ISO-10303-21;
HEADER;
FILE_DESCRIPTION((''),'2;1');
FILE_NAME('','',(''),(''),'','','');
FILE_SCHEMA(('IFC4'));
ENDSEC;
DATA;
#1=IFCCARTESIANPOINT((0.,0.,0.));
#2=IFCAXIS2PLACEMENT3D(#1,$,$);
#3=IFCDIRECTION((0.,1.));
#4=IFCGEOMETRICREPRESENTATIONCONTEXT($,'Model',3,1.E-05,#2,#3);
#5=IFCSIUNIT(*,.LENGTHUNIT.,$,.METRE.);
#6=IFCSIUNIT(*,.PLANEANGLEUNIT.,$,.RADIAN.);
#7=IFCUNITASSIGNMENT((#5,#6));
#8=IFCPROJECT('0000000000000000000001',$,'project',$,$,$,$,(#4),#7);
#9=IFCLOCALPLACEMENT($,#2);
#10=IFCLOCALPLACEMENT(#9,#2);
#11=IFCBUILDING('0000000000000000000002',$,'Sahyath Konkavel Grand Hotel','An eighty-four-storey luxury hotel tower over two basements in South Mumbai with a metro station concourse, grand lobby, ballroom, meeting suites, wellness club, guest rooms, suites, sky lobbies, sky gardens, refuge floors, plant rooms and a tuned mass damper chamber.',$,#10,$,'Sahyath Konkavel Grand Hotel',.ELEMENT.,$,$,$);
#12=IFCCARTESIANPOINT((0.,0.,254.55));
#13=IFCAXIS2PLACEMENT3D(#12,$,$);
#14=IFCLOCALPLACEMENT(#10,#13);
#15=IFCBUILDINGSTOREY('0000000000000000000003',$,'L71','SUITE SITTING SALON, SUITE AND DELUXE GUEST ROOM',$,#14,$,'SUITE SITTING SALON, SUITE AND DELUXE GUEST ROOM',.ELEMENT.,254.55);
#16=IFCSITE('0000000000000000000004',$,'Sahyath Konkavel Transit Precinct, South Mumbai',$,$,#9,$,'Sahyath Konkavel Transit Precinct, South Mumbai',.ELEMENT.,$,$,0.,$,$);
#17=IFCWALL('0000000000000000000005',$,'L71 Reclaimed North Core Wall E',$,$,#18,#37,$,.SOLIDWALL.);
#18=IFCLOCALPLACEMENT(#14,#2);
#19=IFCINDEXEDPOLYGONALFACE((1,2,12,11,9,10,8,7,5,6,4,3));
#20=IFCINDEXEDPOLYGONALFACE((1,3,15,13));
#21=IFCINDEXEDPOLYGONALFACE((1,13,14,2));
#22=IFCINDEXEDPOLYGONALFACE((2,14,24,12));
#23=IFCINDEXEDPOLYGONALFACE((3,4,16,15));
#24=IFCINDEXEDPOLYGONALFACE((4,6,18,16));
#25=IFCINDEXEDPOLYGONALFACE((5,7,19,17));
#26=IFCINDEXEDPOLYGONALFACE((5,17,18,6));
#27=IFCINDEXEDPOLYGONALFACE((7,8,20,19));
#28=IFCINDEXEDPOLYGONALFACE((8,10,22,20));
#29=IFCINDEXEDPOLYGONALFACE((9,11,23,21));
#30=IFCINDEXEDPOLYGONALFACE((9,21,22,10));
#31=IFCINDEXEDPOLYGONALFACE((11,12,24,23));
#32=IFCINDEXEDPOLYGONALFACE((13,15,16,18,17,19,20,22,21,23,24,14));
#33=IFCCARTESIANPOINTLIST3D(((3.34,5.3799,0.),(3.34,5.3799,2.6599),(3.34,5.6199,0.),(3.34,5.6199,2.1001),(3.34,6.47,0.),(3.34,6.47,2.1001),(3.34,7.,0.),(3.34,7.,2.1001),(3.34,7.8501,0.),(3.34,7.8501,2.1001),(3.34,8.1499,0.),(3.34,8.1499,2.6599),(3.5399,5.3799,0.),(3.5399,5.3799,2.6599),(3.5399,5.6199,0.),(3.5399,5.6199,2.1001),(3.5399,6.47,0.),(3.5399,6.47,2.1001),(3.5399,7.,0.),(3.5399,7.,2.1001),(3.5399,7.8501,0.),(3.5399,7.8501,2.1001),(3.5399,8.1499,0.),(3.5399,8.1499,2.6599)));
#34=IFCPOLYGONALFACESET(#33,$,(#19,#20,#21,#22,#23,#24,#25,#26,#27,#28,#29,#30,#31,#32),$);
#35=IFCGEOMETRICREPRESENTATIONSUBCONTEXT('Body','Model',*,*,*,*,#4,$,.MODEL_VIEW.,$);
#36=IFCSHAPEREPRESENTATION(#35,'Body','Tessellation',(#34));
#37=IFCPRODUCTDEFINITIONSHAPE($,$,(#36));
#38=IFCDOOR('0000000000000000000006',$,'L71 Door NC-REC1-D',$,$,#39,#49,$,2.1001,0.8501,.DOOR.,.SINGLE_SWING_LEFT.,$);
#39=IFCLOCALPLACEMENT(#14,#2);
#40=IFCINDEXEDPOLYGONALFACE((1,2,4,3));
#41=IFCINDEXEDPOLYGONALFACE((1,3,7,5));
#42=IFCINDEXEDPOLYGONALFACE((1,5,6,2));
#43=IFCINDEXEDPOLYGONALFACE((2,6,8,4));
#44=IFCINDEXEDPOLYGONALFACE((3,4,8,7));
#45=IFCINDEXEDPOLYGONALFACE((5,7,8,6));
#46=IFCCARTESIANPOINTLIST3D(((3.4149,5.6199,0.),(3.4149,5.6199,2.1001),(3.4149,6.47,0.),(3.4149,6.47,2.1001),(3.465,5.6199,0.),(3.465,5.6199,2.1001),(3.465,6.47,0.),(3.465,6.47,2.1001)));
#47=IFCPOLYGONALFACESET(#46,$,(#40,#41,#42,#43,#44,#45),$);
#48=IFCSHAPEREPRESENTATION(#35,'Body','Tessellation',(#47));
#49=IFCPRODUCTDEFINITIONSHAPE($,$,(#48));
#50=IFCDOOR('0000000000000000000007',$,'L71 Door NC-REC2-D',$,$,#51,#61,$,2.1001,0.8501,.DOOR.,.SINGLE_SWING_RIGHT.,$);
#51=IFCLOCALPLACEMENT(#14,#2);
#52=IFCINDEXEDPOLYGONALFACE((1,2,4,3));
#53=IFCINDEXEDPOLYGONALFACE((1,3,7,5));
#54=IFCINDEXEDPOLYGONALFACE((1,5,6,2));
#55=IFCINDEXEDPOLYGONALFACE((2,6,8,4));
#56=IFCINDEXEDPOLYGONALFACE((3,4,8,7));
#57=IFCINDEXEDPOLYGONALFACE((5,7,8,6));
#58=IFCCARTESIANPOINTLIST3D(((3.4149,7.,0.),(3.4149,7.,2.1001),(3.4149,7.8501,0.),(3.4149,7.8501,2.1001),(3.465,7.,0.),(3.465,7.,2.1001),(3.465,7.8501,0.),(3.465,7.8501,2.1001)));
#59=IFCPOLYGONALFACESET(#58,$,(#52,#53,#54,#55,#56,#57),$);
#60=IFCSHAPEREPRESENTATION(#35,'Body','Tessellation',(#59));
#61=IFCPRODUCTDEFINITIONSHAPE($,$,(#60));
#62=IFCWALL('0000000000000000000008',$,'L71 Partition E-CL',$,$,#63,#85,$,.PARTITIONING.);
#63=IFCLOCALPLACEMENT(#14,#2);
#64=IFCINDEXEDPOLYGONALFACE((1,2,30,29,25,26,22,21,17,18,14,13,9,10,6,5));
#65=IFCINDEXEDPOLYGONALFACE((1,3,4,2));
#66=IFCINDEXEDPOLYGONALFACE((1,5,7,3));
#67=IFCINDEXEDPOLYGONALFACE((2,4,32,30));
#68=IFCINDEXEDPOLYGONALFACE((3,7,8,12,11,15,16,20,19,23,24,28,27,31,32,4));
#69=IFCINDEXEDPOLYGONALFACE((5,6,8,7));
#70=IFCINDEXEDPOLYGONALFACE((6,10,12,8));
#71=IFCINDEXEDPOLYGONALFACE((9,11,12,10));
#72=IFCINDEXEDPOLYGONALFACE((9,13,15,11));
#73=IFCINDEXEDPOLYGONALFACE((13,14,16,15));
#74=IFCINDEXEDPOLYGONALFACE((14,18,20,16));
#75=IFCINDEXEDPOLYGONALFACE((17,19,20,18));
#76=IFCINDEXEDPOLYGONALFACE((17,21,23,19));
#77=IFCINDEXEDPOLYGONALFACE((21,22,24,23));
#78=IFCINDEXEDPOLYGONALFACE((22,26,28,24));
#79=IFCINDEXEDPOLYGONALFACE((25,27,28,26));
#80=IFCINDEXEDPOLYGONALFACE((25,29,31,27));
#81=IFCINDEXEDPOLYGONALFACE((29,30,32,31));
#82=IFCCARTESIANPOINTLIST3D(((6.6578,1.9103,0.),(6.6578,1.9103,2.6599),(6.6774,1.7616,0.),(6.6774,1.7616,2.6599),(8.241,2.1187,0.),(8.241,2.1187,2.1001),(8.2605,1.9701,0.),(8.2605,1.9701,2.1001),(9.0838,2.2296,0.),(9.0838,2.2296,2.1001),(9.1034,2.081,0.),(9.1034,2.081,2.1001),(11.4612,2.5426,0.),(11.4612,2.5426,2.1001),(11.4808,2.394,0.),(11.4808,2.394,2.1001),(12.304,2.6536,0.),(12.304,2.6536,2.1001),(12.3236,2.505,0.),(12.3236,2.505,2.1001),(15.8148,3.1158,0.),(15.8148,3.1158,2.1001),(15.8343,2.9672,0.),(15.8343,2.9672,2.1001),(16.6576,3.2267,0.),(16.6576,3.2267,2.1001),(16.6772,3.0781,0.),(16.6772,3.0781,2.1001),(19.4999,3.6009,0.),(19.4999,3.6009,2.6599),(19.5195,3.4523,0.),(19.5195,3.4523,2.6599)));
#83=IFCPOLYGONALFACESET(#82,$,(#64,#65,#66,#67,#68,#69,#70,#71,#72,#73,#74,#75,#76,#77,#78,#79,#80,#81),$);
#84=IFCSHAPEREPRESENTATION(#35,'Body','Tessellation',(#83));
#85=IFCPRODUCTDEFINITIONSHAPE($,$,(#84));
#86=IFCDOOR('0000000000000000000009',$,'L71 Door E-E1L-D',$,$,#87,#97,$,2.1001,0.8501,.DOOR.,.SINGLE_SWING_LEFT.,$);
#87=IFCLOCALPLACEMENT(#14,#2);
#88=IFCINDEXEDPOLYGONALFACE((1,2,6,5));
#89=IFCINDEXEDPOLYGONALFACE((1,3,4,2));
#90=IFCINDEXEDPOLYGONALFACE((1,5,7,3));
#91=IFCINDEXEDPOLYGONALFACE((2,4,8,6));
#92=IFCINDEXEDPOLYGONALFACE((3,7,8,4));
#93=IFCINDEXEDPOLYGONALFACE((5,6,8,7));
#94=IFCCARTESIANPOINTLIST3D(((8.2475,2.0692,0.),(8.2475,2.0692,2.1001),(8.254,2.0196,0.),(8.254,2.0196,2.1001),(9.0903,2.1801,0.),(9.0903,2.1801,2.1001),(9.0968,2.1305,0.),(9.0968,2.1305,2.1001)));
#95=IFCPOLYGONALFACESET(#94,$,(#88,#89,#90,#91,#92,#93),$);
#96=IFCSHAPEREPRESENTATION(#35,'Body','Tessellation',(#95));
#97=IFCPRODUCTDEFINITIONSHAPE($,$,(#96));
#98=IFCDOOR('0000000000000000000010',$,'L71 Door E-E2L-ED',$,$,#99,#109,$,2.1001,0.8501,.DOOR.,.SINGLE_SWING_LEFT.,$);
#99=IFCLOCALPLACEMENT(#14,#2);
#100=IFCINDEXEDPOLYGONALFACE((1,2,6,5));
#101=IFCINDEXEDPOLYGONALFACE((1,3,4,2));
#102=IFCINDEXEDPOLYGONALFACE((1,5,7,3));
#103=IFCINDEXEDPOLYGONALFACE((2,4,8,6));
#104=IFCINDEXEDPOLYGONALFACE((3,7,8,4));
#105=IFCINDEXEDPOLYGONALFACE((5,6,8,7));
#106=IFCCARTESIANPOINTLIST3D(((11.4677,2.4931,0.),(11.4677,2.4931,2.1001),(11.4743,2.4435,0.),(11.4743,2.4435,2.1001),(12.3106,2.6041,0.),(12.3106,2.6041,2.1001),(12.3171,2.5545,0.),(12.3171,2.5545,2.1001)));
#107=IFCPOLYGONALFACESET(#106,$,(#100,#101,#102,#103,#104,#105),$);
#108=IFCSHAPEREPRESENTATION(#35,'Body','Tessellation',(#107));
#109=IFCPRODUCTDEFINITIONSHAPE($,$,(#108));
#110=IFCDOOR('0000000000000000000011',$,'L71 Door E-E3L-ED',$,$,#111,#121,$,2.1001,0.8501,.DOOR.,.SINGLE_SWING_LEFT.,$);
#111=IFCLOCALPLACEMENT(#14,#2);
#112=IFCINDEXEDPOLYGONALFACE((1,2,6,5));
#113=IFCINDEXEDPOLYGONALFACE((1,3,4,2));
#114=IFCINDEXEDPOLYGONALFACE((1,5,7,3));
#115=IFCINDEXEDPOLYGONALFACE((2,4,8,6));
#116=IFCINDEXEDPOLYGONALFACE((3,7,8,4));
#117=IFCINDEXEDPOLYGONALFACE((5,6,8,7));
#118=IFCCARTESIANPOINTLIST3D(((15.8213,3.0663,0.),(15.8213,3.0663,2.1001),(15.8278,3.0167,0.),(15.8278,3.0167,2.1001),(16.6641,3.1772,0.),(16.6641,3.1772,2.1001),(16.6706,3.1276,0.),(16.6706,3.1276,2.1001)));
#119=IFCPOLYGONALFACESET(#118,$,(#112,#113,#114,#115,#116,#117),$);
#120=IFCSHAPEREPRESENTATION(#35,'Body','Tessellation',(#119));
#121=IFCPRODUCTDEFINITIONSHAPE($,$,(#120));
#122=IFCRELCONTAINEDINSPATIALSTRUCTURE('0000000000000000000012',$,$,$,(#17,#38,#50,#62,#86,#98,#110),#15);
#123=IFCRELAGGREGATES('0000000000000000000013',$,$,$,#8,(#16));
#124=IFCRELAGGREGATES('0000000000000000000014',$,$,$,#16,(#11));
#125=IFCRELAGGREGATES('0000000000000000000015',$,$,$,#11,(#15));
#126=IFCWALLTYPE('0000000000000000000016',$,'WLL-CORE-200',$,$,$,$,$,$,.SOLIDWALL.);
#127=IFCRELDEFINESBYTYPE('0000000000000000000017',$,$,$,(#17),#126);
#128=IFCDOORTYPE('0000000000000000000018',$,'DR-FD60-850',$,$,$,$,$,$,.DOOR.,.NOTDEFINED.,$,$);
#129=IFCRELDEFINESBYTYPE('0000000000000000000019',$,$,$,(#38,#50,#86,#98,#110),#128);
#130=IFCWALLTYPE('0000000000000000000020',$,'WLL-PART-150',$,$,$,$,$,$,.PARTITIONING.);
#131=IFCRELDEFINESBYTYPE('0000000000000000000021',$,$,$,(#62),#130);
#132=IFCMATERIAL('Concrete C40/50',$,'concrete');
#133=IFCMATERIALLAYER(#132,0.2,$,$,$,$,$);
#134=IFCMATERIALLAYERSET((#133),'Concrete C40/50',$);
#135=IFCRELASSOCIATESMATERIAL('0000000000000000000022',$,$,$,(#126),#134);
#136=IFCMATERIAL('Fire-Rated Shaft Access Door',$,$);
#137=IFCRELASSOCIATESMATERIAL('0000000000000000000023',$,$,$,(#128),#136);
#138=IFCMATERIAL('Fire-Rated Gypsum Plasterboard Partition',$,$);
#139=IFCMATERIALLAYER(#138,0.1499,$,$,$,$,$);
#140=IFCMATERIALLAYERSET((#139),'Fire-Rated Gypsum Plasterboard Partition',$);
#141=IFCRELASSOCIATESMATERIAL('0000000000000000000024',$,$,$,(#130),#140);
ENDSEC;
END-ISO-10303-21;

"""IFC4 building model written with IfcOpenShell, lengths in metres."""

from ifc_helpers import new_model, si_unit, direction, frame, frame_2d, origin, origin_2d, place, context, subcontext, project, spatial, rectangle, extrude, source, transform, mapped, material, layer, layer_set, type_object, element, fill, save


model = new_model("IFC4")

# Units and contexts
model_context = context("Model", 3, precision=1e-05, world=origin(), true_north=direction((0.0, 1.0)))
body_context = subcontext(model_context, "Body", "Model", "MODEL_VIEW")
ifc_project = project(units=[si_unit("LENGTHUNIT", "METRE"), si_unit("PLANEANGLEUNIT", "RADIAN")], contexts=[model_context])

# Site, building, storey
site_placement = place(None, origin())
site = spatial("IfcSite", under=ifc_project, at=site_placement, Name="Sahyath Konkavel Transit Precinct, South Mumbai", LongName="Sahyath Konkavel Transit Precinct, South Mumbai", CompositionType="ELEMENT", RefElevation=0.0)
building_placement = place(site_placement, origin())
building = spatial("IfcBuilding", under=site, at=building_placement, Name="Sahyath Konkavel Grand Hotel", Description="An eighty-four-storey luxury hotel tower over two basements in South Mumbai with a metro station concourse, grand lobby, ballroom, meeting suites, wellness club, guest rooms, suites, sky lobbies, sky gardens, refuge floors, plant rooms and a tuned mass damper chamber.", LongName="Sahyath Konkavel Grand Hotel", CompositionType="ELEMENT")
storey_placement = place(building_placement, frame((0.0, 0.0, 254.55)))
storey = spatial("IfcBuildingStorey", under=building, at=storey_placement, Name="L71", Description="SUITE SITTING SALON, SUITE AND DELUXE GUEST ROOM", LongName="SUITE SITTING SALON, SUITE AND DELUXE GUEST ROOM", CompositionType="ELEMENT", Elevation=254.55)

# Shared definitions
ifc_material_1 = material(Name="Concrete C40/50", Category="concrete")

# Shared definitions
ifc_layer_1 = layer(ifc_material_1, 0.2)
ifc_layer_set_1 = layer_set([ifc_layer_1], Name="Concrete C40/50")
wall_type_1 = type_object("IfcWallType", Name="WLL-CORE-200", PredefinedType="SOLIDWALL", material=ifc_layer_set_1)

# Walls, openings, doors
wall_1_placement = place(storey_placement, frame((3.4399, 5.3799, 0.0), z_axis=(0.0, 0.0, 1.0), x_axis=(0.0, 1.0, 0.0)))
wall_1 = element("IfcWall", 1, at=wall_1_placement, inside=storey, type_object=wall_type_1, Name="L71 Reclaimed North Core Wall E", PredefinedType="SOLIDWALL", context=body_context, shape_type="SweptSolid", body=[
    extrude(rectangle(XDim=2.77, YDim=0.2, at=frame_2d((1.385, 0.0))), origin(), (0.0, 0.0, 1.0), 2.6599),
])
opening_1_placement = place(wall_1_placement, frame((0.24, 0.0, 0.0)))
opening_1 = element("IfcOpeningElement", 2, at=opening_1_placement, cuts=wall_1, PredefinedType="OPENING", context=body_context, shape_type="SweptSolid", body=[
    extrude(rectangle(XDim=0.8501, YDim=2.1001, at=frame_2d((0.425, 1.05))), frame((0.0, 0.1099, 0.0), z_axis=(0.0, -1.0, 0.0), x_axis=(1.0, 0.0, 0.0)), (0.0, 0.0, 1.0), 0.22),
])
opening_2_placement = place(wall_1_placement, frame((1.6201, 0.0, 0.0)))
opening_2 = element("IfcOpeningElement", 3, at=opening_2_placement, cuts=wall_1, PredefinedType="OPENING", context=body_context, shape_type="SweptSolid", body=[
    extrude(rectangle(XDim=0.8501, YDim=2.1001, at=frame_2d((0.425, 1.05))), frame((0.0, 0.1099, 0.0), z_axis=(0.0, -1.0, 0.0), x_axis=(1.0, 0.0, 0.0)), (0.0, 0.0, 1.0), 0.22),
])
ifc_material_2 = material(Name="Fire-Rated Shaft Access Door")
door_type_1 = type_object("IfcDoorType", Name="DR-FD60-850", OperationType="NOTDEFINED", PredefinedType="DOOR", material=ifc_material_2)
shared_shape_1 = source(origin(), body_context, "Body", "SweptSolid", [
    extrude(rectangle(XDim=0.8501, YDim=0.05, at=origin_2d()), origin(), (0.0, 0.0, 1.0), 2.1001),
])
door_1_placement = place(opening_1_placement, frame((0.425, 0.0, 0.0)))
door_1 = element("IfcDoor", 4, at=door_1_placement, inside=storey, type_object=door_type_1, Name="L71 Door NC-REC1-D", OperationType="SINGLE_SWING_LEFT", OverallHeight=2.1001, OverallWidth=0.8501, PredefinedType="DOOR", context=body_context, shape_type="MappedRepresentation", body=[
    mapped(shared_shape_1, transform((0.0, 0.0, 0.0), scale=1.0)),
])
fill(opening_1, door_1)
door_2_placement = place(opening_2_placement, frame((0.425, 0.0, 0.0)))
door_2 = element("IfcDoor", 5, at=door_2_placement, inside=storey, type_object=door_type_1, Name="L71 Door NC-REC2-D", OperationType="SINGLE_SWING_RIGHT", OverallHeight=2.1001, OverallWidth=0.8501, PredefinedType="DOOR", context=body_context, shape_type="MappedRepresentation", body=[
    mapped(shared_shape_1, transform((0.0, 0.0, 0.0), scale=1.0)),
])
fill(opening_2, door_2)
ifc_material_3 = material(Name="Fire-Rated Gypsum Plasterboard Partition")
ifc_layer_2 = layer(ifc_material_3, 0.1499)
ifc_layer_set_2 = layer_set([ifc_layer_2], Name="Fire-Rated Gypsum Plasterboard Partition")
wall_type_2 = type_object("IfcWallType", Name="WLL-PART-150", PredefinedType="PARTITIONING", material=ifc_layer_set_2)
wall_2_placement = place(storey_placement, frame((6.6675, 1.8359, 0.0), z_axis=(0.0, 0.0, 1.0), x_axis=(0.991445, 0.130525, 0.0)))
wall_2 = element("IfcWall", 6, at=wall_2_placement, inside=storey, type_object=wall_type_2, Name="L71 Partition E-CL", PredefinedType="PARTITIONING", context=body_context, shape_type="SweptSolid", body=[
    extrude(rectangle(XDim=12.9529, YDim=0.1499, at=frame_2d((6.4766, 0.0))), origin(), (0.0, 0.0, 1.0), 2.6599),
])
opening_3_placement = place(wall_2_placement, frame((1.5969, 0.0, 0.0)))
opening_3 = element("IfcOpeningElement", 7, at=opening_3_placement, cuts=wall_2, PredefinedType="OPENING", context=body_context, shape_type="SweptSolid", body=[
    extrude(rectangle(XDim=0.8501, YDim=2.1001, at=frame_2d((0.425, 1.05))), frame((0.0, 0.085, 0.0), z_axis=(0.0, -1.0, 0.0), x_axis=(1.0, 0.0, 0.0)), (0.0, 0.0, 1.0), 0.1699),
])
opening_4_placement = place(wall_2_placement, frame((4.845, 0.0, 0.0)))
opening_4 = element("IfcOpeningElement", 8, at=opening_4_placement, cuts=wall_2, PredefinedType="OPENING", context=body_context, shape_type="SweptSolid", body=[
    extrude(rectangle(XDim=0.8501, YDim=2.1001, at=frame_2d((0.425, 1.05))), frame((0.0, 0.085, 0.0), z_axis=(0.0, -1.0, 0.0), x_axis=(1.0, 0.0, 0.0)), (0.0, 0.0, 1.0), 0.1699),
])
opening_5_placement = place(wall_2_placement, frame((9.2361, 0.0, 0.0)))
opening_5 = element("IfcOpeningElement", 9, at=opening_5_placement, cuts=wall_2, PredefinedType="OPENING", context=body_context, shape_type="SweptSolid", body=[
    extrude(rectangle(XDim=0.8501, YDim=2.1001, at=frame_2d((0.425, 1.05))), frame((0.0, 0.085, 0.0), z_axis=(0.0, -1.0, 0.0), x_axis=(1.0, 0.0, 0.0)), (0.0, 0.0, 1.0), 0.1699),
])
door_3_placement = place(opening_3_placement, frame((0.425, 0.0, 0.0)))
door_3 = element("IfcDoor", 10, at=door_3_placement, inside=storey, type_object=door_type_1, Name="L71 Door E-E1L-D", OperationType="SINGLE_SWING_LEFT", OverallHeight=2.1001, OverallWidth=0.8501, PredefinedType="DOOR", context=body_context, shape_type="MappedRepresentation", body=[
    mapped(shared_shape_1, transform((0.0, 0.0, 0.0), scale=1.0)),
])
fill(opening_3, door_3)
door_4_placement = place(opening_4_placement, frame((0.425, 0.0, 0.0)))
door_4 = element("IfcDoor", 11, at=door_4_placement, inside=storey, type_object=door_type_1, Name="L71 Door E-E2L-ED", OperationType="SINGLE_SWING_LEFT", OverallHeight=2.1001, OverallWidth=0.8501, PredefinedType="DOOR", context=body_context, shape_type="MappedRepresentation", body=[
    mapped(shared_shape_1, transform((0.0, 0.0, 0.0), scale=1.0)),
])
fill(opening_4, door_4)
door_5_placement = place(opening_5_placement, frame((0.425, 0.0, 0.0)))
door_5 = element("IfcDoor", 12, at=door_5_placement, inside=storey, type_object=door_type_1, Name="L71 Door E-E3L-ED", OperationType="SINGLE_SWING_LEFT", OverallHeight=2.1001, OverallWidth=0.8501, PredefinedType="DOOR", context=body_context, shape_type="MappedRepresentation", body=[
    mapped(shared_shape_1, transform((0.0, 0.0, 0.0), scale=1.0)),
])
fill(opening_5, door_5)

save(model, "model.ifc")
